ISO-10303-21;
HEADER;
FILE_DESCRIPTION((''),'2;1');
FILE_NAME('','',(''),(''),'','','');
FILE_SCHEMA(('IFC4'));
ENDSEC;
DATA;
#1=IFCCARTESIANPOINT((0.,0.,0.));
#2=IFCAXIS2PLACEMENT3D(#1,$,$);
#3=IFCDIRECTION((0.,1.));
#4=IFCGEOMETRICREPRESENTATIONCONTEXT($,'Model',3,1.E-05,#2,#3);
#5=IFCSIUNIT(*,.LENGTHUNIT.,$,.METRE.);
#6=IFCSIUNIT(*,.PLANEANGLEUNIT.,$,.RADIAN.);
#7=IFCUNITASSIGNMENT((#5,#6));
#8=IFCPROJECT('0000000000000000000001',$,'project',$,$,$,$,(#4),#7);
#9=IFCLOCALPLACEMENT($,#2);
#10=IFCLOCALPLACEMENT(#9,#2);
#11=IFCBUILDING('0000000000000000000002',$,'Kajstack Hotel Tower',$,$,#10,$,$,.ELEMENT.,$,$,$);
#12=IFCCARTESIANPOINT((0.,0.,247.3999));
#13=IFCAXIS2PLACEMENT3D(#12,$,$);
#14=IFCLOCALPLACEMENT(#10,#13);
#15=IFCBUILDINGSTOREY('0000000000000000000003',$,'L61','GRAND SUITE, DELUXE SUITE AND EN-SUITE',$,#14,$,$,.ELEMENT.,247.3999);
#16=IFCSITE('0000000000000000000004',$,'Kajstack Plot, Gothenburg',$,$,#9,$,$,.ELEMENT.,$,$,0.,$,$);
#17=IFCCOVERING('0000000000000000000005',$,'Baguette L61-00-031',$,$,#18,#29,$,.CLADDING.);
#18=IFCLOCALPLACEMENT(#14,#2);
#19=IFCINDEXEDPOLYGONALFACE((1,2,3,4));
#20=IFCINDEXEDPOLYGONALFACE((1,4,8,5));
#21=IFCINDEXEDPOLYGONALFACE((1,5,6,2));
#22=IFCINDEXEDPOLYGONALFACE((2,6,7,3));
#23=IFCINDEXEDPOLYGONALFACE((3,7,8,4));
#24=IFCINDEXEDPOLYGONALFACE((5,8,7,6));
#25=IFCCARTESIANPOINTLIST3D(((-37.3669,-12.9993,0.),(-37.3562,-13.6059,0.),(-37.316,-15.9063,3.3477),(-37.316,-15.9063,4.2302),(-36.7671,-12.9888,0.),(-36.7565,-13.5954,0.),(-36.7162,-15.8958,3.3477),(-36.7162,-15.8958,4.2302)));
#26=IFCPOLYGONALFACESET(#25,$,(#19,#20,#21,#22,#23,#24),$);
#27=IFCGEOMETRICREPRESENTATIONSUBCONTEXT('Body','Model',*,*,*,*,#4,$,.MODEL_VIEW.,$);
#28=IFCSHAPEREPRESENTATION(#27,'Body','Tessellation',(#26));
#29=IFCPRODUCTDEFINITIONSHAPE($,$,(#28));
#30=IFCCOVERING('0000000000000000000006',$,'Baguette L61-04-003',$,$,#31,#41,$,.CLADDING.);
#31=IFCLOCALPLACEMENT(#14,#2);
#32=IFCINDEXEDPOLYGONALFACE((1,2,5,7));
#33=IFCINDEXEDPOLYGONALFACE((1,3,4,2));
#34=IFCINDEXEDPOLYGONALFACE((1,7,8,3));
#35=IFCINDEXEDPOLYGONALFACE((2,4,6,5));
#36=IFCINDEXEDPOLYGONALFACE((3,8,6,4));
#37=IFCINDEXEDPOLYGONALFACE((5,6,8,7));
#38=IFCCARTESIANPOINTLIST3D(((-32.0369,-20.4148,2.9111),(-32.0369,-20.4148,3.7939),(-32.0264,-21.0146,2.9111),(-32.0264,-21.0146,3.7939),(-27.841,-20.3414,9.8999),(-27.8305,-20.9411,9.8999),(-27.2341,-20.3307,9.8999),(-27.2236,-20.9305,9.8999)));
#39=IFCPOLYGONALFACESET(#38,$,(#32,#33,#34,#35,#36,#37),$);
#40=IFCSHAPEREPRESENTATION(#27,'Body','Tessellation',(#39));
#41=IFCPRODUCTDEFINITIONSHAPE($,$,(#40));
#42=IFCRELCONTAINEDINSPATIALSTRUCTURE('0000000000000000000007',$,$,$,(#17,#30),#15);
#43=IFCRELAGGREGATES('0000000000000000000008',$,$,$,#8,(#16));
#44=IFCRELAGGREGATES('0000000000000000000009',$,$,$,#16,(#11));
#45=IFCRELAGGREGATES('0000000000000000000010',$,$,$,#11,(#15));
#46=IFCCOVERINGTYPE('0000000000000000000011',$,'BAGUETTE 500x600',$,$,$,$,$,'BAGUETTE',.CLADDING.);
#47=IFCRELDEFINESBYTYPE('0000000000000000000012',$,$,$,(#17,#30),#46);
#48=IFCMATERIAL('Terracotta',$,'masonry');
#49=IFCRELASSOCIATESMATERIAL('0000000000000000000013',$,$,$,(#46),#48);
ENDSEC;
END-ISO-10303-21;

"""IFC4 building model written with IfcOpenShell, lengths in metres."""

from ifc_helpers import new_model, si_unit, direction, frame, origin, origin_2d, place, context, subcontext, project, spatial, polyline, rectangle, outline, extrude, material, material_profile, profile_set, type_object, element, save


model = new_model("IFC4")

# Units and contexts
model_context = context("Model", 3, precision=1e-05, world=origin(), true_north=direction((0.0, 1.0)))
body_context = subcontext(model_context, "Body", "Model", "MODEL_VIEW")
ifc_project = project(units=[si_unit("LENGTHUNIT", "METRE"), si_unit("PLANEANGLEUNIT", "RADIAN")], contexts=[model_context])

# Site, building, storey
site_placement = place(None, origin())
site = spatial("IfcSite", under=ifc_project, at=site_placement, Name="Kajstack Plot, Gothenburg", CompositionType="ELEMENT", RefElevation=0.0)
building_placement = place(site_placement, origin())
building = spatial("IfcBuilding", under=site, at=building_placement, Name="Kajstack Hotel Tower", CompositionType="ELEMENT")
storey_placement = place(building_placement, frame((0.0, 0.0, 247.3999)))
storey = spatial("IfcBuildingStorey", under=building, at=storey_placement, Name="L61", Description="GRAND SUITE, DELUXE SUITE AND EN-SUITE", CompositionType="ELEMENT", Elevation=247.3999)

# Coverings
ifc_material_1 = material(Name="Terracotta", Category="masonry")
ifc_material_profile = material_profile(ifc_material_1, rectangle(XDim=0.6001, YDim=0.5, at=origin_2d()), Name="Terracotta-clad concrete baguette 500 x 600")
ifc_profile_set = profile_set([ifc_material_profile], Name="Terracotta")
covering_type = type_object("IfcCoveringType", Name="BAGUETTE 500x600", ElementType="BAGUETTE", PredefinedType="CLADDING", material=ifc_profile_set)
covering_1_placement = place(storey_placement, frame((-36.7671, -12.9888, 0.0), z_axis=(-0.999847, -0.017498, 0.0), x_axis=(0.017498, -0.999847, 0.0)))
element("IfcCovering", 1, at=covering_1_placement, inside=storey, type_object=covering_type, Name="Baguette L61-00-031", PredefinedType="CLADDING", context=body_context, shape_type="SweptSolid", body=[
    extrude(outline(polyline([(0.6067, 0.0), (2.9075, 3.3477), (2.9075, 4.2302), (0.0, 0.0), (0.6067, 0.0)])), origin(), (0.0, 0.0, 1.0), 0.5999),
])
covering_2_placement = place(storey_placement, frame((-32.0369, -20.4148, 0.0), z_axis=(0.017498, -0.999847, 0.0), x_axis=(0.999847, 0.017498, 0.0)))
element("IfcCovering", 2, at=covering_2_placement, inside=storey, type_object=covering_type, Name="Baguette L61-04-003", PredefinedType="CLADDING", context=body_context, shape_type="SweptSolid", body=[
    extrude(outline(polyline([(4.1965, 9.8999), (0.0, 3.7939), (0.0, 2.9111), (4.8035, 9.8999), (4.1965, 9.8999)])), origin(), (0.0, 0.0, 1.0), 0.5999),
])

save(model, "model.ifc")
